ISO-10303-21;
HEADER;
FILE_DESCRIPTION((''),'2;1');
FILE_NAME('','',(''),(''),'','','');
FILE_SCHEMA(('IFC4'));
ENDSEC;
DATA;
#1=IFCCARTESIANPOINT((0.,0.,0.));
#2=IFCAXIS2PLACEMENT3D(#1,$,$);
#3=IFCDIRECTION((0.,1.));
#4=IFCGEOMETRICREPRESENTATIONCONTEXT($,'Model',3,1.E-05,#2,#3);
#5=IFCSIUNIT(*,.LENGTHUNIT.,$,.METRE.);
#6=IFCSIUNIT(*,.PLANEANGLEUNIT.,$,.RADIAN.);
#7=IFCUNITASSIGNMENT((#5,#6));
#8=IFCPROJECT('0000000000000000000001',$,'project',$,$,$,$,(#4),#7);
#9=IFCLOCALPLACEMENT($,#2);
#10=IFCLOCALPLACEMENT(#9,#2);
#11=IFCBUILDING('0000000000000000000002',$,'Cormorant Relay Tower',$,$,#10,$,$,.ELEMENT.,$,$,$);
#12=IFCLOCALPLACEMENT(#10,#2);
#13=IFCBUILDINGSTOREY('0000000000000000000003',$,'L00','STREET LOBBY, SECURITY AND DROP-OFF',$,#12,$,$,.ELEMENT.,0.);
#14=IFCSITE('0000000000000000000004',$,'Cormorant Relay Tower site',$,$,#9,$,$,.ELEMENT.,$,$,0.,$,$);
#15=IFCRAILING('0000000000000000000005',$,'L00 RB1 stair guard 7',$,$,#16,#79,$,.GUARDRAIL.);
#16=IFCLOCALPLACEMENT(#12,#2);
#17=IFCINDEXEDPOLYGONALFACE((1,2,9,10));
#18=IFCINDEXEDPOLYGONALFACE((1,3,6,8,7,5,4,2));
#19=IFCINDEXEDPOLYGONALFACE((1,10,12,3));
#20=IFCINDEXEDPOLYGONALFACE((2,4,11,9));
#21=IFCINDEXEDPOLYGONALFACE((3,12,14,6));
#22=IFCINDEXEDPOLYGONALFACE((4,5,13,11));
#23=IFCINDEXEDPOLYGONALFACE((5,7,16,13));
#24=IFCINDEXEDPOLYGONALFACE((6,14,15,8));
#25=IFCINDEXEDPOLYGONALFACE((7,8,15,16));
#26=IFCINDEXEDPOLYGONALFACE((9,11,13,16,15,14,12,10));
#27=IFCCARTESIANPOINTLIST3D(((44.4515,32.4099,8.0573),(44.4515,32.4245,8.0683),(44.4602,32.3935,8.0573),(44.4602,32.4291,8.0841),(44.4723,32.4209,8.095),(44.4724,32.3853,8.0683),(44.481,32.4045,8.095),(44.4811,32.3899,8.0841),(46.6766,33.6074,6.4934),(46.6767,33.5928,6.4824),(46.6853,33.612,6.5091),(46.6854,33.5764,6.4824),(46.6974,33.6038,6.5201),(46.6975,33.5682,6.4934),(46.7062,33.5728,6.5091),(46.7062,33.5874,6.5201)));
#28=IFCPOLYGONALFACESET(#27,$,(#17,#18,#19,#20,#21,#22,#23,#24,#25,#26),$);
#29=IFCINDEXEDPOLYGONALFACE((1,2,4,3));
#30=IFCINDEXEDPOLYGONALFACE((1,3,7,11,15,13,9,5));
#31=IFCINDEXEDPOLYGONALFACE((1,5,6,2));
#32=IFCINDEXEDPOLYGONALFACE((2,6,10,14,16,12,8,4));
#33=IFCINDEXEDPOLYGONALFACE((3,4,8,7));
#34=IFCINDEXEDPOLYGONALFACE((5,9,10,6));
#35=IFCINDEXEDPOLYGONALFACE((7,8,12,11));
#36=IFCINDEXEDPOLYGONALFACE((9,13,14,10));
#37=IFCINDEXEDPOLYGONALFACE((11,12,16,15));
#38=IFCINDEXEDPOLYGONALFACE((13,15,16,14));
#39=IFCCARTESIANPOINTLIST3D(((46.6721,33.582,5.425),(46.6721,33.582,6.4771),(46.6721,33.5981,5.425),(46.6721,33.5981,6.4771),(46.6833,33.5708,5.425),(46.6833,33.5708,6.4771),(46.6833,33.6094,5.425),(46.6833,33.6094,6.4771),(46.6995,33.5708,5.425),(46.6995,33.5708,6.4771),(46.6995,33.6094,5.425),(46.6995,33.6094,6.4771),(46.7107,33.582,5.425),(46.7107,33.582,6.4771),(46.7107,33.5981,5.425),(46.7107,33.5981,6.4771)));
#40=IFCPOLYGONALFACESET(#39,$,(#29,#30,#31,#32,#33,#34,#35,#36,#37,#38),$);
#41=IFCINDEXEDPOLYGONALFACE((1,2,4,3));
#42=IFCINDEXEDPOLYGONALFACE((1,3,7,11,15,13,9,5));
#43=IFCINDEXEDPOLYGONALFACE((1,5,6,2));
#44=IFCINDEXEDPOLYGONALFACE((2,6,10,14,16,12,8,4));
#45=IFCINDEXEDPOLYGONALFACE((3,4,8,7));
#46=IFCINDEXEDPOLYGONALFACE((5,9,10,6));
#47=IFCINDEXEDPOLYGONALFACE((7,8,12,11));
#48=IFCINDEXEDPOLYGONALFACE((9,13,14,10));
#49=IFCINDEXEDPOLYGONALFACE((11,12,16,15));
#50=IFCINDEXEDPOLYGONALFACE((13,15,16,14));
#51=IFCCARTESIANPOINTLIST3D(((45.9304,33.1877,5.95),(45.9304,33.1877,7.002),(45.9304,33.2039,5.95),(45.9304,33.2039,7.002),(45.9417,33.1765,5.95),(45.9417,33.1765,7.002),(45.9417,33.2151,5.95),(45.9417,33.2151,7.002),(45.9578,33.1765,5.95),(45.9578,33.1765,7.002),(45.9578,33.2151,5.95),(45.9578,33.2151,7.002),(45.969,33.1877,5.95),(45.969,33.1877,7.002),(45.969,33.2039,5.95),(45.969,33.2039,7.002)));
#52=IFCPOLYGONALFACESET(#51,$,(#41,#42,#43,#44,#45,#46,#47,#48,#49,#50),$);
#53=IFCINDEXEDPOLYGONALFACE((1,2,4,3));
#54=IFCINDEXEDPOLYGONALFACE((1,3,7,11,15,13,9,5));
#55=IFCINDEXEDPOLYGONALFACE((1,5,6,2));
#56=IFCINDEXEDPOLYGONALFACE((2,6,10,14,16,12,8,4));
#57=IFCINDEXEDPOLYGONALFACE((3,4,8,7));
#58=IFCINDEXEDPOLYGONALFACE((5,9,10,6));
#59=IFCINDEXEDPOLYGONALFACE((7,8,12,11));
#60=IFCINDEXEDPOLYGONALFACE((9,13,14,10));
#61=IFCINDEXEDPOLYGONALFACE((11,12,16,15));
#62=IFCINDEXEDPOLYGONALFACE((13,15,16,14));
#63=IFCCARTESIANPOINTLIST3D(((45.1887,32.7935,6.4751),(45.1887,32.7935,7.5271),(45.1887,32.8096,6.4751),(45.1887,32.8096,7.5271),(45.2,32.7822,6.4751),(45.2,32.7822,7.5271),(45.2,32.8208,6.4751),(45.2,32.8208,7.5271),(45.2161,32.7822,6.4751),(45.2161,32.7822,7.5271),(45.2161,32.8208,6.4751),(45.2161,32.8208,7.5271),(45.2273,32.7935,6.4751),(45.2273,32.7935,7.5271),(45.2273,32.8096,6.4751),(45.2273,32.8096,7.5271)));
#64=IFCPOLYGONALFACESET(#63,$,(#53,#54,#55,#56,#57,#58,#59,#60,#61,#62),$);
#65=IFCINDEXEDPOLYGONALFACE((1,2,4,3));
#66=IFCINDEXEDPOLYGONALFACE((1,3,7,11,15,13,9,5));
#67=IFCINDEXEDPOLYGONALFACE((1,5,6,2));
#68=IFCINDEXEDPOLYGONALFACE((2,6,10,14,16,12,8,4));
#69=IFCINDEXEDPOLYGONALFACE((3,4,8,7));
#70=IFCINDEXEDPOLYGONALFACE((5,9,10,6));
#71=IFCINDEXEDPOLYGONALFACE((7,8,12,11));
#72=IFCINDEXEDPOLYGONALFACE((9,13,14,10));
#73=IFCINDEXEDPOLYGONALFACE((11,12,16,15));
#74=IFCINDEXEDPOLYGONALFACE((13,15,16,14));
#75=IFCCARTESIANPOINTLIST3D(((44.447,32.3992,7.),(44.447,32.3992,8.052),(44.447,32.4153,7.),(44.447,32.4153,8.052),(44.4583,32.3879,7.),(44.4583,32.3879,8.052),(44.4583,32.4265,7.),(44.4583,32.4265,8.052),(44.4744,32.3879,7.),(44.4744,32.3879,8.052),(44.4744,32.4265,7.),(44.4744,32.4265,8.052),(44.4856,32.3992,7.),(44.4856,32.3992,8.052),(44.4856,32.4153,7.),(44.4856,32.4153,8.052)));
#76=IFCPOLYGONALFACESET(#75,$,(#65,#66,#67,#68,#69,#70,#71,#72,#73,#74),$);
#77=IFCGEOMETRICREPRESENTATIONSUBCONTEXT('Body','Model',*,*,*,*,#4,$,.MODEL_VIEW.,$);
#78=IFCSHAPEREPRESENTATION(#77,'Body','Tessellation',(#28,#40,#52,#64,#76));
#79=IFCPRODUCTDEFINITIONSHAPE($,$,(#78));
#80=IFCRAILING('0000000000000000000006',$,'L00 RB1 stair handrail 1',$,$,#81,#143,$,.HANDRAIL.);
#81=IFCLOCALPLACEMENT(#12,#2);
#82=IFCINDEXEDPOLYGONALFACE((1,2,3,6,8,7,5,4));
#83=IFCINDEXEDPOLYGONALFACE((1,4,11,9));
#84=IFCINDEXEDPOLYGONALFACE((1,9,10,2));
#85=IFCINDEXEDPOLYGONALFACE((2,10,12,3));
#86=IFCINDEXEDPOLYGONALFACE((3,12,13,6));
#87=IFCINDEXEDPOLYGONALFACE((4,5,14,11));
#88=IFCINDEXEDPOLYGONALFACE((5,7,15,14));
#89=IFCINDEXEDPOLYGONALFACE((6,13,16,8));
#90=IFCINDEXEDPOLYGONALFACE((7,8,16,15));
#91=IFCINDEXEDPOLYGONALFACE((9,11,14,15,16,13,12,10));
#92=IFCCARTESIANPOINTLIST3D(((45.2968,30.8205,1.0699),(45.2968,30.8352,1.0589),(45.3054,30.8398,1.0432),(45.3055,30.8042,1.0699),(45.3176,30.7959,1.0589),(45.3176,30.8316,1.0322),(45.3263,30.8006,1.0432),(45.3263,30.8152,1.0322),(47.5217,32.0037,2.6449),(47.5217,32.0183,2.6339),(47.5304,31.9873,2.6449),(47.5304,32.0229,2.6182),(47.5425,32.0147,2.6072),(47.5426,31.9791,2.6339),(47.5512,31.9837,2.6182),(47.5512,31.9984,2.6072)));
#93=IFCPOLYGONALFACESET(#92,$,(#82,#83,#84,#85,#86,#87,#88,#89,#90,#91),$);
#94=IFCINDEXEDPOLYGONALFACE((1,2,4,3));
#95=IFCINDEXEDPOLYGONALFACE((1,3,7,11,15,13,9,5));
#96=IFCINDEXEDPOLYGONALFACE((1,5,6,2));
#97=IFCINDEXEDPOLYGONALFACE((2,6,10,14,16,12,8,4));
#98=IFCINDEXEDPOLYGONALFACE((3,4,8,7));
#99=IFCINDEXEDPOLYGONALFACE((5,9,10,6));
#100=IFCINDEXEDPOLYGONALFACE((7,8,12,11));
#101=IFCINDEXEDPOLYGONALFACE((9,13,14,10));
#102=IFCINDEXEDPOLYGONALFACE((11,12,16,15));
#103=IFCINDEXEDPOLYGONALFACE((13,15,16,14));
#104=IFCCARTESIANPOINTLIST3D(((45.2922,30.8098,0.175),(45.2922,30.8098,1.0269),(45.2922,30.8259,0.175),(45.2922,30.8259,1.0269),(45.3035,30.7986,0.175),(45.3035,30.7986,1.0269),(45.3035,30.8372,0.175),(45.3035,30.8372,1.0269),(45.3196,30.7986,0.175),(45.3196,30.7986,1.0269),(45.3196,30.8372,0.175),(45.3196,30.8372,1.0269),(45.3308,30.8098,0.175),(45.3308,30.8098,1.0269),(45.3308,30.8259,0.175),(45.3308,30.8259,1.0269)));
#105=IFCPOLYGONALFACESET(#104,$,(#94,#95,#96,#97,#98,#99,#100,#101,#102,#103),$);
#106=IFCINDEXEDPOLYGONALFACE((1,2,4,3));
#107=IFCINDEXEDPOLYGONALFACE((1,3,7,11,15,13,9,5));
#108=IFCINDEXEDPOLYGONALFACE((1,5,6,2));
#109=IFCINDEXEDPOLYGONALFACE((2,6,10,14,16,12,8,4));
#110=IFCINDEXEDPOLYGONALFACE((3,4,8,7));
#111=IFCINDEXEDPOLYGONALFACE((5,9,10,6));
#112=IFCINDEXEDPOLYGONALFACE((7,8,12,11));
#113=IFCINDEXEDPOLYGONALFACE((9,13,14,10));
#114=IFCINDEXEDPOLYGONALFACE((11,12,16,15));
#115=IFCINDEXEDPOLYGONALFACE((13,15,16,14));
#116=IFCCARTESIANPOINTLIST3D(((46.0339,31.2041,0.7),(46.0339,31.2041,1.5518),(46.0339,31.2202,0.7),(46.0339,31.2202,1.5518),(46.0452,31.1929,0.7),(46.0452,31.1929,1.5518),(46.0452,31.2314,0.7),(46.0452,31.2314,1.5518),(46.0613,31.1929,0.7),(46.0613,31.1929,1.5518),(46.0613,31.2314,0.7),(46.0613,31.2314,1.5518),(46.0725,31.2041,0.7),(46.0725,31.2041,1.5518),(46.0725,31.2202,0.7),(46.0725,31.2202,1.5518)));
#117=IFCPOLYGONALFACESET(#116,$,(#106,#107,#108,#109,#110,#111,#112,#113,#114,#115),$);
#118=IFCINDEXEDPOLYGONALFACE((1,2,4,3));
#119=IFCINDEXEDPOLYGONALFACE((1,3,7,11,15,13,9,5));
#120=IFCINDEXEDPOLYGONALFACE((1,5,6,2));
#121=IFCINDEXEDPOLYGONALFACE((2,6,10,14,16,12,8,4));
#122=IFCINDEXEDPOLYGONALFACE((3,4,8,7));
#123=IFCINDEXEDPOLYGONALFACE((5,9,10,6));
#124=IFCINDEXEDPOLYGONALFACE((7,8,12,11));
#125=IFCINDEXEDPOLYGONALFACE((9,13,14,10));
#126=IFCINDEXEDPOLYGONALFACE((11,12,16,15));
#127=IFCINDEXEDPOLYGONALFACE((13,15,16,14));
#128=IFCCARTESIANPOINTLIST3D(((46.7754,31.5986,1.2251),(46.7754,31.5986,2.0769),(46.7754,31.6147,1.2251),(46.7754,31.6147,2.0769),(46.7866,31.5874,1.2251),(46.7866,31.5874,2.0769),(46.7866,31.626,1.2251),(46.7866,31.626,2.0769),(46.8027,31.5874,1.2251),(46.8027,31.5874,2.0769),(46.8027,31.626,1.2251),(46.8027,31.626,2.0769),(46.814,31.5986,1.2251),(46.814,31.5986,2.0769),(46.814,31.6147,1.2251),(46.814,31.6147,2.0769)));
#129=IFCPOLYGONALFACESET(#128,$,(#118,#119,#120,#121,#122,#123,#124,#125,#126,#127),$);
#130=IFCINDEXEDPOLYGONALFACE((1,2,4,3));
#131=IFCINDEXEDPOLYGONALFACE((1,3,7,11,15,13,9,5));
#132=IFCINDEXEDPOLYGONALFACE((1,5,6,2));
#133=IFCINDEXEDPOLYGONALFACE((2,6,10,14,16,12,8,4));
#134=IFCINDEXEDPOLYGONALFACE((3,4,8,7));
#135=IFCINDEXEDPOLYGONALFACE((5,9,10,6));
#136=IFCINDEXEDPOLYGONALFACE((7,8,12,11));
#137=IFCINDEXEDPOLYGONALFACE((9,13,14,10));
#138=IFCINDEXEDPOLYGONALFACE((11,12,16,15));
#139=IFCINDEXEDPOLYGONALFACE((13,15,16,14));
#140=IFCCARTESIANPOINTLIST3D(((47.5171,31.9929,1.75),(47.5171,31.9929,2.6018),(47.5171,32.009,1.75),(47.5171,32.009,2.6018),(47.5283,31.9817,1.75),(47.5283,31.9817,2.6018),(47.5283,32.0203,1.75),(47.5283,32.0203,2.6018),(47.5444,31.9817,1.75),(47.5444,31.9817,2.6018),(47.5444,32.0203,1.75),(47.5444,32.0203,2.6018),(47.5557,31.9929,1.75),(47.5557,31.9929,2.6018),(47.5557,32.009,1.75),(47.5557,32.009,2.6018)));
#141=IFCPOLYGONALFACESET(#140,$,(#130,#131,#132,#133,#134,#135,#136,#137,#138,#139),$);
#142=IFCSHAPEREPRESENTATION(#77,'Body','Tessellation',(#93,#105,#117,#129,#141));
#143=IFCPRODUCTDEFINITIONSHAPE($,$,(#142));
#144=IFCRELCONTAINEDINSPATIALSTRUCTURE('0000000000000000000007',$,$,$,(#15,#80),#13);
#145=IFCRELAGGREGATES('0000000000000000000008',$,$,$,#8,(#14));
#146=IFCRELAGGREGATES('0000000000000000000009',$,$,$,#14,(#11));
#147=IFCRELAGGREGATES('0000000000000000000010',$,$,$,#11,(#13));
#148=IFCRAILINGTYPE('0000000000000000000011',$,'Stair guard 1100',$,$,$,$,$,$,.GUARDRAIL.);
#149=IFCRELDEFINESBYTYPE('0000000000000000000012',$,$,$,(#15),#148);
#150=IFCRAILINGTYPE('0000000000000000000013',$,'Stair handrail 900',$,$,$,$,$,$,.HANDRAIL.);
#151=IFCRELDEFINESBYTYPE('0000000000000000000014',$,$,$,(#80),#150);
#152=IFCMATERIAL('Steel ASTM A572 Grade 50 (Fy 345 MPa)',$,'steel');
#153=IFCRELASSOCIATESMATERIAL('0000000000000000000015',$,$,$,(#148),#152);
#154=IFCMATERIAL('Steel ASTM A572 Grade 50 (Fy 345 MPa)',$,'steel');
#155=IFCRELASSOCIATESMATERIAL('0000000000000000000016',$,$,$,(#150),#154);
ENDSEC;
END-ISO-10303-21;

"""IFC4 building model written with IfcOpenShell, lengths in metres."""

from ifc_helpers import new_model, si_unit, direction, frame, origin, place, context, subcontext, project, spatial, polyline, outline, extrude, material, type_object, element, save


model = new_model("IFC4")

# Units and contexts
model_context = context("Model", 3, precision=1e-05, world=origin(), true_north=direction((0.0, 1.0)))
body_context = subcontext(model_context, "Body", "Model", "MODEL_VIEW")
ifc_project = project(units=[si_unit("LENGTHUNIT", "METRE"), si_unit("PLANEANGLEUNIT", "RADIAN")], contexts=[model_context])

# Site, building, storey
site_placement = place(None, origin())
site = spatial("IfcSite", under=ifc_project, at=site_placement, Name="Cormorant Relay Tower site", CompositionType="ELEMENT", RefElevation=0.0)
building_placement = place(site_placement, origin())
building = spatial("IfcBuilding", under=site, at=building_placement, Name="Cormorant Relay Tower", CompositionType="ELEMENT")
storey_placement = place(building_placement, origin())
storey = spatial("IfcBuildingStorey", under=building, at=storey_placement, Name="L00", Description="STREET LOBBY, SECURITY AND DROP-OFF", CompositionType="ELEMENT", Elevation=0.0)

# Railings
ifc_material_1 = material(Name="Steel ASTM A572 Grade 50 (Fy 345 MPa)", Category="steel")
railing_type_1 = type_object("IfcRailingType", Name="Stair guard 1100", PredefinedType="GUARDRAIL", material=ifc_material_1)
railing_1_placement = place(storey_placement, frame((46.6914, 33.5901, 5.425)))
element("IfcRailing", 1, at=railing_1_placement, inside=storey, type_object=railing_type_1, Name="L00 RB1 stair guard 7", PredefinedType="GUARDRAIL", context=body_context, shape_type="SweptSolid", body=[
    extrude(outline(polyline([(0.0222, 0.0093), (0.0093, 0.0222), (-0.0093, 0.0222), (-0.0222, 0.0093), (-0.0222, -0.0093), (-0.0093, -0.0222), (0.0093, -0.0222), (0.0222, -0.0093), (0.0222, 0.0093)])), frame((0.0, 0.0, 1.0762), z_axis=(-0.748776, -0.398049, 0.529993), x_axis=(0.469396, -0.882988, 0.0)), (0.0, 0.0, 1.0), 2.9717),
    extrude(outline(polyline([(0.0193, 0.0081), (0.0081, 0.0193), (-0.0081, 0.0193), (-0.0193, 0.0081), (-0.0193, -0.0081), (-0.0081, -0.0193), (0.0081, -0.0193), (0.0193, -0.0081), (0.0193, 0.0081)])), origin(), (0.0, 0.0, 1.0), 1.052),
    extrude(outline(polyline([(0.0193, 0.0081), (0.0081, 0.0193), (-0.0081, 0.0193), (-0.0193, 0.0081), (-0.0193, -0.0081), (-0.0081, -0.0193), (0.0081, -0.0193), (0.0193, -0.0081), (0.0193, 0.0081)])), frame((-0.7417, -0.3943, 0.5249)), (0.0, 0.0, 1.0), 1.052),
    extrude(outline(polyline([(0.0193, 0.0081), (0.0081, 0.0193), (-0.0081, 0.0193), (-0.0193, 0.0081), (-0.0193, -0.0081), (-0.0081, -0.0193), (0.0081, -0.0193), (0.0193, -0.0081), (0.0193, 0.0081)])), frame((-1.4834, -0.7886, 1.05)), (0.0, 0.0, 1.0), 1.052),
    extrude(outline(polyline([(0.0193, 0.0081), (0.0081, 0.0193), (-0.0081, 0.0193), (-0.0193, 0.0081), (-0.0193, -0.0081), (-0.0081, -0.0193), (0.0081, -0.0193), (0.0193, -0.0081), (0.0193, 0.0081)])), frame((-2.2251, -1.1829, 1.575)), (0.0, 0.0, 1.0), 1.052),
])
ifc_material_2 = material(Name="Steel ASTM A572 Grade 50 (Fy 345 MPa)", Category="steel")
railing_type_2 = type_object("IfcRailingType", Name="Stair handrail 900", PredefinedType="HANDRAIL", material=ifc_material_2)
railing_2_placement = place(storey_placement, frame((45.3115, 30.8179, 0.175)))
element("IfcRailing", 2, at=railing_2_placement, inside=storey, type_object=railing_type_2, Name="L00 RB1 stair handrail 1", PredefinedType="HANDRAIL", context=body_context, shape_type="SweptSolid", body=[
    extrude(outline(polyline([(0.0222, 0.0093), (0.0093, 0.0222), (-0.0093, 0.0222), (-0.0222, 0.0093), (-0.0222, -0.0093), (-0.0093, -0.0222), (0.0093, -0.0222), (0.0222, -0.0093), (0.0222, 0.0093)])), frame((0.0, 0.0, 0.876), z_axis=(0.748715, 0.398143, 0.530008), x_axis=(-0.469512, 0.882926, 0.0)), (0.0, 0.0, 1.0), 2.9717),
    extrude(outline(polyline([(0.0193, 0.0081), (0.0081, 0.0193), (-0.0081, 0.0193), (-0.0193, 0.0081), (-0.0193, -0.0081), (-0.0081, -0.0193), (0.0081, -0.0193), (0.0193, -0.0081), (0.0193, 0.0081)])), origin(), (0.0, 0.0, 1.0), 0.8518),
    extrude(outline(polyline([(0.0193, 0.0081), (0.0081, 0.0193), (-0.0081, 0.0193), (-0.0193, 0.0081), (-0.0193, -0.0081), (-0.0081, -0.0193), (0.0081, -0.0193), (0.0193, -0.0081), (0.0193, 0.0081)])), frame((0.7417, 0.3943, 0.5249)), (0.0, 0.0, 1.0), 0.8518),
    extrude(outline(polyline([(0.0193, 0.0081), (0.0081, 0.0193), (-0.0081, 0.0193), (-0.0193, 0.0081), (-0.0193, -0.0081), (-0.0081, -0.0193), (0.0081, -0.0193), (0.0193, -0.0081), (0.0193, 0.0081)])), frame((1.4832, 0.7888, 1.05)), (0.0, 0.0, 1.0), 0.8518),
    extrude(outline(polyline([(0.0193, 0.0081), (0.0081, 0.0193), (-0.0081, 0.0193), (-0.0193, 0.0081), (-0.0193, -0.0081), (-0.0081, -0.0193), (0.0081, -0.0193), (0.0193, -0.0081), (0.0193, 0.0081)])), frame((2.2249, 1.1831, 1.575)), (0.0, 0.0, 1.0), 0.8518),
])

save(model, "model.ifc")
